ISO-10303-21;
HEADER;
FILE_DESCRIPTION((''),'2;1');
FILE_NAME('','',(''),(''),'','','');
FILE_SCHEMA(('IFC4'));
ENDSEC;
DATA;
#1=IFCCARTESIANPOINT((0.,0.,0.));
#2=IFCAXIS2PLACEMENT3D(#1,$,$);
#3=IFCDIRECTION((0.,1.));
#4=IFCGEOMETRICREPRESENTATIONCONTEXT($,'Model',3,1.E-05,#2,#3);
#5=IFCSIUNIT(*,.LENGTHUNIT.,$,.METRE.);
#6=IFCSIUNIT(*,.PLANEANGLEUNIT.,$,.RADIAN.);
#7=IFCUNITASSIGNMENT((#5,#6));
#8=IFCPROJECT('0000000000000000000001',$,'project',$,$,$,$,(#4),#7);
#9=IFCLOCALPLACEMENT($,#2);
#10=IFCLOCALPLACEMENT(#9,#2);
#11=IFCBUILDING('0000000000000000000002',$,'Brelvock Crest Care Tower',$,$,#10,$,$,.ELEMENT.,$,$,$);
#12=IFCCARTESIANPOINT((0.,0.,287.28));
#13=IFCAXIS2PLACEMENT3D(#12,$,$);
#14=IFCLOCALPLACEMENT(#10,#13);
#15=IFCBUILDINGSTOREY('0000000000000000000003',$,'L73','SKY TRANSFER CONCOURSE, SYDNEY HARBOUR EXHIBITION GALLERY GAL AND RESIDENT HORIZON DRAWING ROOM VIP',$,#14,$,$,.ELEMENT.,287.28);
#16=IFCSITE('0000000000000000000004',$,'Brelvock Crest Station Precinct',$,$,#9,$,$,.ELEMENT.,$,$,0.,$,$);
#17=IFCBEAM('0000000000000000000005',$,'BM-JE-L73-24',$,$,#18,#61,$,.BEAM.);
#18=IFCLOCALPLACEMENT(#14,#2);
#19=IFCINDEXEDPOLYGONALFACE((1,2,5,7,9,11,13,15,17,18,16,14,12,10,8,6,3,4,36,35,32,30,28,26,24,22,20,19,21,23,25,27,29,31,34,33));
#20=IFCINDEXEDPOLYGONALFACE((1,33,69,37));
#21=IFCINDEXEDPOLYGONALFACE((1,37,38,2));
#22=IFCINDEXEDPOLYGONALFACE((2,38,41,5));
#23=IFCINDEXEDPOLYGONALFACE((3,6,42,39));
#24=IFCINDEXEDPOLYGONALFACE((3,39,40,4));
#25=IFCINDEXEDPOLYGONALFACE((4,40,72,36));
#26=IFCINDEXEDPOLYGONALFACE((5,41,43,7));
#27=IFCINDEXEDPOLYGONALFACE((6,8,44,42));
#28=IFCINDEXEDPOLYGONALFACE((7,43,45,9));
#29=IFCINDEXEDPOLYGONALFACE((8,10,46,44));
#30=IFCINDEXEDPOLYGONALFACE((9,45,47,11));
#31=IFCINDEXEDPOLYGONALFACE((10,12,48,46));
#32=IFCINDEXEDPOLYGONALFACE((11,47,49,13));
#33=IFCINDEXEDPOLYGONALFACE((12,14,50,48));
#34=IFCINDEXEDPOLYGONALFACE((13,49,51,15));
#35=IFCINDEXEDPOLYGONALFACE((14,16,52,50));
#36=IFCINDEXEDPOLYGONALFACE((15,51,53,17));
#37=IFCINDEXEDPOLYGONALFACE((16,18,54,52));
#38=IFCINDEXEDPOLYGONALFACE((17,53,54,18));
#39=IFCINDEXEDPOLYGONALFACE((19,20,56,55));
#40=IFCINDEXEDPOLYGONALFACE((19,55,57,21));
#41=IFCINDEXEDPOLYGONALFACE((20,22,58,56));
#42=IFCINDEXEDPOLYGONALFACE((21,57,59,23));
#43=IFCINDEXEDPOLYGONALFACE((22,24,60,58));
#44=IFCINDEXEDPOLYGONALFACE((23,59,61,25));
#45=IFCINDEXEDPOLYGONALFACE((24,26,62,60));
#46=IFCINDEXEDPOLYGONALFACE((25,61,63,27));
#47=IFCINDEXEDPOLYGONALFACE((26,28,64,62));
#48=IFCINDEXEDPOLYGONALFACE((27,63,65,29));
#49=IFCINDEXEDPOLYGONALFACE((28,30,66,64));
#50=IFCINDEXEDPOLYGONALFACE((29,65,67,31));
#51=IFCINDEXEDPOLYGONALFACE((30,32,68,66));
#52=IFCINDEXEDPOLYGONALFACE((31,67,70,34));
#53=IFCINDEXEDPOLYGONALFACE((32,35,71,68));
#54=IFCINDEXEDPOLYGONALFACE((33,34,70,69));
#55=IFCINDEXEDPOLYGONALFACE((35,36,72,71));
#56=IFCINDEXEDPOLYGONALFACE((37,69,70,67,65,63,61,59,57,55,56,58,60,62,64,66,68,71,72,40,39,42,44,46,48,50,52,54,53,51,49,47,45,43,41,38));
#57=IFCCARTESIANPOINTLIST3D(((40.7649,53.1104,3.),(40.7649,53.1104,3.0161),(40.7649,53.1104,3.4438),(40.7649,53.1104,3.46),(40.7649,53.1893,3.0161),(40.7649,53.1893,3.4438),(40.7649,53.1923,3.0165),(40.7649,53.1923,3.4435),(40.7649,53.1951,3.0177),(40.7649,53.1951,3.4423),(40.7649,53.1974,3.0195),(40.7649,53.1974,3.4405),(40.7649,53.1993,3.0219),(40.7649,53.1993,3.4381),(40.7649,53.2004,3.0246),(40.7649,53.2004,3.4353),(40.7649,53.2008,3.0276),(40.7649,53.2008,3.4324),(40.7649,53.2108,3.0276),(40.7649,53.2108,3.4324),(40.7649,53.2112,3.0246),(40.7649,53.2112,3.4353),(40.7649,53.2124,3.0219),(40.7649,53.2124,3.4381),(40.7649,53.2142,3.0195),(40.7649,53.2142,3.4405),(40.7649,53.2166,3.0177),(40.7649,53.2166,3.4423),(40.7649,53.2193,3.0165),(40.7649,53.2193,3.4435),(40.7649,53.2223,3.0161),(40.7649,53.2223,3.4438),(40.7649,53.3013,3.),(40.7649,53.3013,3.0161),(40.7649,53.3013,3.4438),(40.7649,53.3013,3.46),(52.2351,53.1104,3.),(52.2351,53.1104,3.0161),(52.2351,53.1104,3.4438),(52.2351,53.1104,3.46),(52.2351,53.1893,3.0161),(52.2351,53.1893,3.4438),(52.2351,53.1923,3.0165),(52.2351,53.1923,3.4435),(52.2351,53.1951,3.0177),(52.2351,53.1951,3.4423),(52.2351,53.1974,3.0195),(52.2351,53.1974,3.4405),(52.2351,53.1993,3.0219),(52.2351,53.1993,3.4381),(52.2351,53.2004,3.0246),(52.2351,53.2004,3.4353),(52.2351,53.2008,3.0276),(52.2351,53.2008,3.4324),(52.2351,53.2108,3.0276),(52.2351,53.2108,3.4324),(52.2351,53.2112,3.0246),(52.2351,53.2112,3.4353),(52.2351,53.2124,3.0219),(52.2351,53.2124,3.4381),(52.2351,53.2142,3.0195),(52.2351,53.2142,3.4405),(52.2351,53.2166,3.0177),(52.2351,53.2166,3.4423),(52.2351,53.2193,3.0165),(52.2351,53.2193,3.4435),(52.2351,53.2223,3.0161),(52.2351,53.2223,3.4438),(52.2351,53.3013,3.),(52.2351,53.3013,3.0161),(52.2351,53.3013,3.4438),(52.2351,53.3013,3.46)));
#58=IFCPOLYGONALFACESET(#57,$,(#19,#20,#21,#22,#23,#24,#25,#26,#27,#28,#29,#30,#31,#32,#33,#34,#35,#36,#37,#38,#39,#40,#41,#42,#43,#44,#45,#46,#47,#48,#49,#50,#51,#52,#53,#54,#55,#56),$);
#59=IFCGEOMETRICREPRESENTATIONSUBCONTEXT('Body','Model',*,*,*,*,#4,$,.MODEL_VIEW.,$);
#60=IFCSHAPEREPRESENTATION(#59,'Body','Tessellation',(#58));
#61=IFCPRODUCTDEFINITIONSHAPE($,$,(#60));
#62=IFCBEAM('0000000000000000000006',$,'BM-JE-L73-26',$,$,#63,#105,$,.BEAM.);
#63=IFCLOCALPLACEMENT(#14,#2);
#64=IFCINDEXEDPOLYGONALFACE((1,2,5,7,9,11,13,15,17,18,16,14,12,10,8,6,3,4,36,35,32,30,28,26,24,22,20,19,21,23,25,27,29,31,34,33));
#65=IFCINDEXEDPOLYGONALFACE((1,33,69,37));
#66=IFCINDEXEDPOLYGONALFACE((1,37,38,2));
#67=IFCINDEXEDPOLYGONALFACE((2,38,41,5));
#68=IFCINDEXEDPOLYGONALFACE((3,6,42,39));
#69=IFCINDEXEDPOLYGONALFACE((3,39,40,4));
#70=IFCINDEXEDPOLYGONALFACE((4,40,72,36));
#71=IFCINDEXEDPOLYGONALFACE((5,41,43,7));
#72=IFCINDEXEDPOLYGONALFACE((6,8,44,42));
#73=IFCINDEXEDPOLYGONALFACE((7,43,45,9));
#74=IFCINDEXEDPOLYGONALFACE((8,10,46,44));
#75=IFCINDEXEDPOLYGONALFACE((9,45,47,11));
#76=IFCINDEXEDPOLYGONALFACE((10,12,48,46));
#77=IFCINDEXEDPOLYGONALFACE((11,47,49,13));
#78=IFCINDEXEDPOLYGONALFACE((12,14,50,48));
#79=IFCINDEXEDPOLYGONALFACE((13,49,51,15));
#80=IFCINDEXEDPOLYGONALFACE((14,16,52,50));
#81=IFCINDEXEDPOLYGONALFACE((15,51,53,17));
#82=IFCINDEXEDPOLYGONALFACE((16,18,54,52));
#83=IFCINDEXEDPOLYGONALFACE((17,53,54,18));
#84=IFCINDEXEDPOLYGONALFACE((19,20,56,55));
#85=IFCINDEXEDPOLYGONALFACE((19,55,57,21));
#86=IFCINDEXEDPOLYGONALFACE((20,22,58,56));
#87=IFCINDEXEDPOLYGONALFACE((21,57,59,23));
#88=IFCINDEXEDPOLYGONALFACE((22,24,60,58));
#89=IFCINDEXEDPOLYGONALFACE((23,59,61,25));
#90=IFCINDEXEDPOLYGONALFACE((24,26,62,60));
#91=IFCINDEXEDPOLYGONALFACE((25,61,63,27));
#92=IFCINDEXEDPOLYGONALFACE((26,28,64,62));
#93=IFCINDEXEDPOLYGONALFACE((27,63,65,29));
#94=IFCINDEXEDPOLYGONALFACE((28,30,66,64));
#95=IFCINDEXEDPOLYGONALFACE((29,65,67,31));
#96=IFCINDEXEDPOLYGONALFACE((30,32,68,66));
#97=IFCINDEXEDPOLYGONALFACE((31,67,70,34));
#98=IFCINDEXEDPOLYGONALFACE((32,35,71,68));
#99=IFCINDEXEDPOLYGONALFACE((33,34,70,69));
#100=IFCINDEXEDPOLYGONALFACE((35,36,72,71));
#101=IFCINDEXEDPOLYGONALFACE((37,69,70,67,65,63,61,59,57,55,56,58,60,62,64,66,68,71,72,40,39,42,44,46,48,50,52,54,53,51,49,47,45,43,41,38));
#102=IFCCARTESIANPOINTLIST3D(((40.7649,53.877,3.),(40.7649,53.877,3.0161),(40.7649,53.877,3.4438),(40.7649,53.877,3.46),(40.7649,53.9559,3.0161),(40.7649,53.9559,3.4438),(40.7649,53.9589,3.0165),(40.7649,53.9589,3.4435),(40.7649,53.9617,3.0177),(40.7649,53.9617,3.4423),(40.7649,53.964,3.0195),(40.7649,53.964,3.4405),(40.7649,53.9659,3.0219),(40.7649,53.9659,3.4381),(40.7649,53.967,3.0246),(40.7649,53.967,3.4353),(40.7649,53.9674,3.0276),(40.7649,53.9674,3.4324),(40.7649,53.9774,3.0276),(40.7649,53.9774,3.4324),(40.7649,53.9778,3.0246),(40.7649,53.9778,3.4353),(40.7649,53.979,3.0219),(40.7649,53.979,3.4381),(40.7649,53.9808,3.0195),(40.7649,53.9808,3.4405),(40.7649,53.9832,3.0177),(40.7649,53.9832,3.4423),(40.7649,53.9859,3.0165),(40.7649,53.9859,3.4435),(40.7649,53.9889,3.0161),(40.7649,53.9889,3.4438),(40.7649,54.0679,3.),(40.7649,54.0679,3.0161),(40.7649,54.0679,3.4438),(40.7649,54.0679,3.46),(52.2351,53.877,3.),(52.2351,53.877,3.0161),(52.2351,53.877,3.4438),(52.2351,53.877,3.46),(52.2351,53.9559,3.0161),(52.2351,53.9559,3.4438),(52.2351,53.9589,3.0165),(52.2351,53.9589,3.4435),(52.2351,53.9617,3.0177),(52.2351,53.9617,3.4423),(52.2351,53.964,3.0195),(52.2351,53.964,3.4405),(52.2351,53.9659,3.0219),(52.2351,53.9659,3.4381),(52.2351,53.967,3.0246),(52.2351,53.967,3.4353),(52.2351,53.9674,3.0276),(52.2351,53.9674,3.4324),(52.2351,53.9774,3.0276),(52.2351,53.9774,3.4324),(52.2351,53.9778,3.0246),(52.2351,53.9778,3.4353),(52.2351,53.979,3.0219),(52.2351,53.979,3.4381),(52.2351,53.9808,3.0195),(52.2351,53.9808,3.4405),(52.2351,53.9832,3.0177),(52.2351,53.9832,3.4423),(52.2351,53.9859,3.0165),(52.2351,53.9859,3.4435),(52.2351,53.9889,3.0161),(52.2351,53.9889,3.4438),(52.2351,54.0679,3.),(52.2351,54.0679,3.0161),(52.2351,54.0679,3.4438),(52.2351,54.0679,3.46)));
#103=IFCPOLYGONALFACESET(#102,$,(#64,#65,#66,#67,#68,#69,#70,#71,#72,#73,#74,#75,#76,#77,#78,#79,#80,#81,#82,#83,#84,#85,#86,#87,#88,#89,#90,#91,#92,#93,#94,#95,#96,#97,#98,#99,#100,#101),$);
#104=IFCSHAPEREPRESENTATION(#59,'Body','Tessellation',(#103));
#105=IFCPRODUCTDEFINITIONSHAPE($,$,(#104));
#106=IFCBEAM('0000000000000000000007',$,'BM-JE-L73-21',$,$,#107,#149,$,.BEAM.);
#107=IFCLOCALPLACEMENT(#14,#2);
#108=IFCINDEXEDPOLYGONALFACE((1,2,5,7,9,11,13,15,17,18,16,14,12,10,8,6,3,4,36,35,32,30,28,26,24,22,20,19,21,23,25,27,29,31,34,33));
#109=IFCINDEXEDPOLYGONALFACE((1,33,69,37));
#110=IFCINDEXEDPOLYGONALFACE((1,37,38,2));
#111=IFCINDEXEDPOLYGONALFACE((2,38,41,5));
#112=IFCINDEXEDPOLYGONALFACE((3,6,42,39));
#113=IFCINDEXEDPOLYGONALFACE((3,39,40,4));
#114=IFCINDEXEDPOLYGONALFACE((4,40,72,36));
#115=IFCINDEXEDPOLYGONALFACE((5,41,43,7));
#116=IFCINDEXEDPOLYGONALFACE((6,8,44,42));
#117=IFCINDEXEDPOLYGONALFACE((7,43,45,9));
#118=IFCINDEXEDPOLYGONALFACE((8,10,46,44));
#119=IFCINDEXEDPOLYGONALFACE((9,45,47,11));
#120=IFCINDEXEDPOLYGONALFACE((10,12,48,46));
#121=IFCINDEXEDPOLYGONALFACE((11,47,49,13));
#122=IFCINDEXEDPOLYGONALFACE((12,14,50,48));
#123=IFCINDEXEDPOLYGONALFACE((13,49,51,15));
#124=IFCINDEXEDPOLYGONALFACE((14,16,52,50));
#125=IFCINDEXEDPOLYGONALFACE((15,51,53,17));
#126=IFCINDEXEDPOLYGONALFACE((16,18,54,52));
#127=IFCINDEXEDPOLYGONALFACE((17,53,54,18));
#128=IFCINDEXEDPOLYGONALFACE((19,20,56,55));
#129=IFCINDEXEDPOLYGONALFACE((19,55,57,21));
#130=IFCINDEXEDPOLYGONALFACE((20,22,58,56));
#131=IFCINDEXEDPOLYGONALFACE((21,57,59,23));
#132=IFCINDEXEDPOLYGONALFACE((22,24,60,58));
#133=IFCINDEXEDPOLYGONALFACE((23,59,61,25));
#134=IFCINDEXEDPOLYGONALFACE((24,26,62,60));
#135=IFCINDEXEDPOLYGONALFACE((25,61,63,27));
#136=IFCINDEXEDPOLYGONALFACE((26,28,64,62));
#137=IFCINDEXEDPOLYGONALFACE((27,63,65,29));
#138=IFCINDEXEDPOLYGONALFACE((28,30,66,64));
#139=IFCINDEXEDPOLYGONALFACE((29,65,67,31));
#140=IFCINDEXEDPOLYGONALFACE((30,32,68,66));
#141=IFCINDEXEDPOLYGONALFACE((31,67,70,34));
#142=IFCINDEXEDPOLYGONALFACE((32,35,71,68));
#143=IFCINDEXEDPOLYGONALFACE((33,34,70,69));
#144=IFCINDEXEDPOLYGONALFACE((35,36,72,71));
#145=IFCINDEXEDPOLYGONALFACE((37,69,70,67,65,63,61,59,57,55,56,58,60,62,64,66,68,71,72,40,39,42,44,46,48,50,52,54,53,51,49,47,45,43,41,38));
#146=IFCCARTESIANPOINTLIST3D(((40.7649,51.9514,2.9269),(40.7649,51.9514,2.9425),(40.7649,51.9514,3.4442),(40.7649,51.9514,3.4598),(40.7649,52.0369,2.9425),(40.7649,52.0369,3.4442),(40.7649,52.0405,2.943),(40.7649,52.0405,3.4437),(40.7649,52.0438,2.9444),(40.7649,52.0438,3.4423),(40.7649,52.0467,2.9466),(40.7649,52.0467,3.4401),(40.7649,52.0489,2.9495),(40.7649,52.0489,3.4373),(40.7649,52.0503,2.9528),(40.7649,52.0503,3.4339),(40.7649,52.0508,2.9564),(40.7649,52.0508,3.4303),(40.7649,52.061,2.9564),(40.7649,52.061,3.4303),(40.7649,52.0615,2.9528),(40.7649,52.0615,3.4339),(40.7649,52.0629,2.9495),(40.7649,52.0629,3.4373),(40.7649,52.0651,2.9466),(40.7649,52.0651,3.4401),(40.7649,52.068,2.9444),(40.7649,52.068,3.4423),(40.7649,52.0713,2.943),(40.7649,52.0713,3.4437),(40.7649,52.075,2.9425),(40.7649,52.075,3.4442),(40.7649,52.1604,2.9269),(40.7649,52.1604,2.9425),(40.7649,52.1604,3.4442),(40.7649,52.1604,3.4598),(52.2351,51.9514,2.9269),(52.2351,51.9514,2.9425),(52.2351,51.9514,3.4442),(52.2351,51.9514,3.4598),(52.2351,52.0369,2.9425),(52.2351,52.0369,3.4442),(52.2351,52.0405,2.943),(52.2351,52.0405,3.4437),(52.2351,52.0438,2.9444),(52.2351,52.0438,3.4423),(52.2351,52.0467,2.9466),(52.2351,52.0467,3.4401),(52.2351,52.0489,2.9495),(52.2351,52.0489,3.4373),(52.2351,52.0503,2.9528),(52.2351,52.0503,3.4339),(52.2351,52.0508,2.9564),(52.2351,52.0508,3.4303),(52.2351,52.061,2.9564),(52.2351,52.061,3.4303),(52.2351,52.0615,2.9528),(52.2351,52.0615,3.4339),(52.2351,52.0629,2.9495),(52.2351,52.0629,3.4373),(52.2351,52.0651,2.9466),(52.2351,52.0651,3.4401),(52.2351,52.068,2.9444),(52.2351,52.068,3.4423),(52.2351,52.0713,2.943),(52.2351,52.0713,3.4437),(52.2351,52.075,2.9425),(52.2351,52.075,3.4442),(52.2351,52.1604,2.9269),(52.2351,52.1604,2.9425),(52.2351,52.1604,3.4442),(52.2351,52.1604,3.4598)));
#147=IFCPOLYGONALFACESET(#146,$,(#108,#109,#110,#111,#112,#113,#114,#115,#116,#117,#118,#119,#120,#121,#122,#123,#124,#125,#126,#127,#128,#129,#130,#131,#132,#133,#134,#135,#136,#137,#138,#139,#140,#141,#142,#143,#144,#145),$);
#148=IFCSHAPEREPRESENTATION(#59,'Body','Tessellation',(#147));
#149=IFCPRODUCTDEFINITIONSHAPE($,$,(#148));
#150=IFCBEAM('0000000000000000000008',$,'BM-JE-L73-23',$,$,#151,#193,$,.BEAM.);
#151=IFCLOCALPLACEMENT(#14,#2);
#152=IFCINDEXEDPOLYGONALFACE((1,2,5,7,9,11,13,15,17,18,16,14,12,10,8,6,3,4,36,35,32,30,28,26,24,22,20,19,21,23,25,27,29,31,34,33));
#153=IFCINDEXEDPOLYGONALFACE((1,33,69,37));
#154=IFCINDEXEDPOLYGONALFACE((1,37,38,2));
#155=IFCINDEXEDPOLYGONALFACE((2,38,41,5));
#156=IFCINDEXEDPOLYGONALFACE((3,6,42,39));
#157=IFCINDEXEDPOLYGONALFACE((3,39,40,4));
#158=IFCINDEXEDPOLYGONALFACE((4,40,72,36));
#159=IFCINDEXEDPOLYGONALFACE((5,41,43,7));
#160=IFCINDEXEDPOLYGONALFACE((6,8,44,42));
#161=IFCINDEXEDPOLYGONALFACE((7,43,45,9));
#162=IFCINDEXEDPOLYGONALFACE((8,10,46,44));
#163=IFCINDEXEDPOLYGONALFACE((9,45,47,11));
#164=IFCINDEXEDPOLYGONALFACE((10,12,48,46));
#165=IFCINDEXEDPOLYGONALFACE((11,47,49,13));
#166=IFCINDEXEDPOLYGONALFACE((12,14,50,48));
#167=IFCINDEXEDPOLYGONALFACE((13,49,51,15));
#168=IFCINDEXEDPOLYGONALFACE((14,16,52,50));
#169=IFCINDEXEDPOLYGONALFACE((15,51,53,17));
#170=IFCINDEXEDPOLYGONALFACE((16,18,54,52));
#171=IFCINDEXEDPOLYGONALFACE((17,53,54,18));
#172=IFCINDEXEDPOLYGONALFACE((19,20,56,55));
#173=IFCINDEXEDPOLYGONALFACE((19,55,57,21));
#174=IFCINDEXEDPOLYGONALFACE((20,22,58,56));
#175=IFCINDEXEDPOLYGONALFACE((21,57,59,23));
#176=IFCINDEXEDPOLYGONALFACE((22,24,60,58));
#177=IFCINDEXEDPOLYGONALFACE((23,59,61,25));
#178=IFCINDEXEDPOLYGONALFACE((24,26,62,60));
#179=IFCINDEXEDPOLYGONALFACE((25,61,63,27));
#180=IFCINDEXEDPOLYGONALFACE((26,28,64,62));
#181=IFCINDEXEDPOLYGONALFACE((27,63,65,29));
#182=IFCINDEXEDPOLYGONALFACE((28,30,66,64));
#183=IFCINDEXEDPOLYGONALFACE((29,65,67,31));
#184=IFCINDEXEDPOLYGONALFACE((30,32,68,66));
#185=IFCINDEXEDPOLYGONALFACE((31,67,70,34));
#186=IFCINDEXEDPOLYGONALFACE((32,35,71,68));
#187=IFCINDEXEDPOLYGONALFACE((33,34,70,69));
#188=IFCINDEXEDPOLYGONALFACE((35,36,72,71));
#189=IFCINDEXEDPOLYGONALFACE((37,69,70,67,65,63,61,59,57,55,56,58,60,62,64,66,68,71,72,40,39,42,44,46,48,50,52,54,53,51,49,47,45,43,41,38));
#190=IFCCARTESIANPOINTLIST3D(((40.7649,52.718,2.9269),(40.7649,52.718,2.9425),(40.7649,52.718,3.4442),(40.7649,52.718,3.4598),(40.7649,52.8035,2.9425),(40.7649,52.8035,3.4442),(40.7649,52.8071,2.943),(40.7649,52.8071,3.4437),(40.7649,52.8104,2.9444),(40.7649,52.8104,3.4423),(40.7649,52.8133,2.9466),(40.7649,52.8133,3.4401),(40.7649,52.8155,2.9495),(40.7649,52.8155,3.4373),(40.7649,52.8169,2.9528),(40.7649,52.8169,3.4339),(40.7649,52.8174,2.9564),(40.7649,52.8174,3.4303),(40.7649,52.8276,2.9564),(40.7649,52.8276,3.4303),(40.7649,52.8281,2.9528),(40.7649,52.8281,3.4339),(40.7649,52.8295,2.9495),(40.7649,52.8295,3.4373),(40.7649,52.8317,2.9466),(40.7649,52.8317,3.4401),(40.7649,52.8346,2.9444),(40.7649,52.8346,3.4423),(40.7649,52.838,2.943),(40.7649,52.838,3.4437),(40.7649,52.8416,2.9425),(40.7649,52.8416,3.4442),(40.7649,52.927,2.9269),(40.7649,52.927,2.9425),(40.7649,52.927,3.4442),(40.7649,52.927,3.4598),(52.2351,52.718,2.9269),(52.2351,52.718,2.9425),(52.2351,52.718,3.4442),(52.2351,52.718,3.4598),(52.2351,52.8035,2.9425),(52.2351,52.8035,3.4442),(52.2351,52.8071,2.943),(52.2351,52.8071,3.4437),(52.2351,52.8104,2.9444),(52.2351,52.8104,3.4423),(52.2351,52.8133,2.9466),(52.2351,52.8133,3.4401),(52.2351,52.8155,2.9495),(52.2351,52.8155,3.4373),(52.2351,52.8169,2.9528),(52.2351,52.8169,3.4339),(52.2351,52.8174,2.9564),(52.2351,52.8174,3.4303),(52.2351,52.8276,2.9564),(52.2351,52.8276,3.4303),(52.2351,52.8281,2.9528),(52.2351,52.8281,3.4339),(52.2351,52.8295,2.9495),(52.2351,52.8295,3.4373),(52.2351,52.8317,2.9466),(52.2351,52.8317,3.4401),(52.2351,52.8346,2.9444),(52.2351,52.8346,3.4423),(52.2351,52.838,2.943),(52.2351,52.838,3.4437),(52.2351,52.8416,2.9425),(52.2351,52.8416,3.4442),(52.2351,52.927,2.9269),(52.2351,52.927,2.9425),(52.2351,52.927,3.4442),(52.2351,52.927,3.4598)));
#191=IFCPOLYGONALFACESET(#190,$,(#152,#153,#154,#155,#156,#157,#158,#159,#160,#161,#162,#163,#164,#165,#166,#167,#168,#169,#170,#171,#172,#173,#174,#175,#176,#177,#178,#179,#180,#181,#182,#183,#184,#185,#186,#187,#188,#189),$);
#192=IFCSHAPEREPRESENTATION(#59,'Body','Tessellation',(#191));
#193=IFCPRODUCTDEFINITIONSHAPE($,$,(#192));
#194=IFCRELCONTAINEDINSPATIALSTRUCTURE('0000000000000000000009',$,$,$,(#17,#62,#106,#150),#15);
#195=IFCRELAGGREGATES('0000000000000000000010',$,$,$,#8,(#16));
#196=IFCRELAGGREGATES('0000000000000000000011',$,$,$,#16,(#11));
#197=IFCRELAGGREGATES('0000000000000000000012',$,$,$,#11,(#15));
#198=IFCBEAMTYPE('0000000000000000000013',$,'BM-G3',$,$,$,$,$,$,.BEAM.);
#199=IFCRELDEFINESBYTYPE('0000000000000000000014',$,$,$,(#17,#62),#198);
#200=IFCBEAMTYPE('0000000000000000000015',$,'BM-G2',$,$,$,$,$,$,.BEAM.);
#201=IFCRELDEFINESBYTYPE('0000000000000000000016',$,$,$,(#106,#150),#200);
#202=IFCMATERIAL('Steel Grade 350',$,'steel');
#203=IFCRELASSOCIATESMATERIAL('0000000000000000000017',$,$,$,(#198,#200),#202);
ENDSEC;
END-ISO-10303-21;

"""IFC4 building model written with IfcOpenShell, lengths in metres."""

from ifc_helpers import new_model, si_unit, direction, frame, origin, origin_2d, place, context, subcontext, project, spatial, i_section, extrude, source, transform, mapped, material, material_profile, profile_set, type_object, element, save


model = new_model("IFC4")

# Units and contexts
model_context = context("Model", 3, precision=1e-05, world=origin(), true_north=direction((0.0, 1.0)))
body_context = subcontext(model_context, "Body", "Model", "MODEL_VIEW")
ifc_project = project(units=[si_unit("LENGTHUNIT", "METRE"), si_unit("PLANEANGLEUNIT", "RADIAN")], contexts=[model_context])

# Site, building, storey
site_placement = place(None, origin())
site = spatial("IfcSite", under=ifc_project, at=site_placement, Name="Brelvock Crest Station Precinct", CompositionType="ELEMENT", RefElevation=0.0)
building_placement = place(site_placement, origin())
building = spatial("IfcBuilding", under=site, at=building_placement, Name="Brelvock Crest Care Tower", CompositionType="ELEMENT")
storey_placement = place(building_placement, frame((0.0, 0.0, 287.28)))
storey = spatial("IfcBuildingStorey", under=building, at=storey_placement, Name="L73", Description="SKY TRANSFER CONCOURSE, SYDNEY HARBOUR EXHIBITION GALLERY GAL AND RESIDENT HORIZON DRAWING ROOM VIP", CompositionType="ELEMENT", Elevation=287.28)

# Shared definitions
ifc_material_1 = material(Name="Steel Grade 350", Category="steel")

# Beams
ifc_material_profile_1 = material_profile(ifc_material_1, i_section(OverallWidth=0.1909, OverallDepth=0.46, WebThickness=0.01, FlangeThickness=0.0161, FilletRadius=0.0115, at=origin_2d()), Name="460UB82.1")
ifc_profile_set_1 = profile_set([ifc_material_profile_1], Name="Steel Grade 350")
beam_type_1 = type_object("IfcBeamType", Name="BM-G3", PredefinedType="BEAM", material=ifc_profile_set_1)
shared_shape_1 = source(origin(), body_context, "Body", "SweptSolid", [
    extrude(i_section(OverallWidth=0.1909, OverallDepth=0.46, WebThickness=0.01, FlangeThickness=0.0161, FilletRadius=0.0115, at=origin_2d()), origin(), (0.0, 0.0, 1.0), 11.4702),
])
for number, where, z_axis, x_axis, name in (
    (1, (40.7649, 53.2058, 3.23), (1.0, 0.0, 0.0), (0.0, 1.0, 0.0), "BM-JE-L73-24"),
    (2, (40.7649, 53.9724, 3.23), (1.0, 0.0, 0.0), (0.0, 1.0, 0.0), "BM-JE-L73-26"),
):
    element("IfcBeam", number, at=place(storey_placement, frame(where, z_axis=z_axis, x_axis=x_axis)), inside=storey, type_object=beam_type_1, Name=name, PredefinedType="BEAM", context=body_context, shape_type="MappedRepresentation", body=[
        mapped(shared_shape_1, transform((0.0, 0.0, 0.0), x_axis=(1.0, 0.0, 0.0), y_axis=(0.0, 1.0, 0.0), z_axis=(0.0, 0.0, 1.0), scale=1.0)),
    ])
ifc_material_profile_2 = material_profile(ifc_material_1, i_section(OverallWidth=0.209, OverallDepth=0.533, WebThickness=0.0103, FlangeThickness=0.0156, FilletRadius=0.0139, at=origin_2d()), Name="530UB92.4")
ifc_profile_set_2 = profile_set([ifc_material_profile_2], Name="Steel Grade 350")
beam_type_2 = type_object("IfcBeamType", Name="BM-G2", PredefinedType="BEAM", material=ifc_profile_set_2)
shared_shape_2 = source(origin(), body_context, "Body", "SweptSolid", [
    extrude(i_section(OverallWidth=0.209, OverallDepth=0.533, WebThickness=0.0103, FlangeThickness=0.0156, FilletRadius=0.0139, at=origin_2d()), origin(), (0.0, 0.0, 1.0), 11.4702),
])
for number, where, z_axis, x_axis, name in (
    (3, (40.7649, 52.0559, 3.1934), (1.0, 0.0, 0.0), (0.0, 1.0, 0.0), "BM-JE-L73-21"),
    (4, (40.7649, 52.8225, 3.1934), (1.0, 0.0, 0.0), (0.0, 1.0, 0.0), "BM-JE-L73-23"),
):
    element("IfcBeam", number, at=place(storey_placement, frame(where, z_axis=z_axis, x_axis=x_axis)), inside=storey, type_object=beam_type_2, Name=name, PredefinedType="BEAM", context=body_context, shape_type="MappedRepresentation", body=[
        mapped(shared_shape_2, transform((0.0, 0.0, 0.0), x_axis=(1.0, 0.0, 0.0), y_axis=(0.0, 1.0, 0.0), z_axis=(0.0, 0.0, 1.0), scale=1.0)),
    ])

save(model, "model.ifc")
